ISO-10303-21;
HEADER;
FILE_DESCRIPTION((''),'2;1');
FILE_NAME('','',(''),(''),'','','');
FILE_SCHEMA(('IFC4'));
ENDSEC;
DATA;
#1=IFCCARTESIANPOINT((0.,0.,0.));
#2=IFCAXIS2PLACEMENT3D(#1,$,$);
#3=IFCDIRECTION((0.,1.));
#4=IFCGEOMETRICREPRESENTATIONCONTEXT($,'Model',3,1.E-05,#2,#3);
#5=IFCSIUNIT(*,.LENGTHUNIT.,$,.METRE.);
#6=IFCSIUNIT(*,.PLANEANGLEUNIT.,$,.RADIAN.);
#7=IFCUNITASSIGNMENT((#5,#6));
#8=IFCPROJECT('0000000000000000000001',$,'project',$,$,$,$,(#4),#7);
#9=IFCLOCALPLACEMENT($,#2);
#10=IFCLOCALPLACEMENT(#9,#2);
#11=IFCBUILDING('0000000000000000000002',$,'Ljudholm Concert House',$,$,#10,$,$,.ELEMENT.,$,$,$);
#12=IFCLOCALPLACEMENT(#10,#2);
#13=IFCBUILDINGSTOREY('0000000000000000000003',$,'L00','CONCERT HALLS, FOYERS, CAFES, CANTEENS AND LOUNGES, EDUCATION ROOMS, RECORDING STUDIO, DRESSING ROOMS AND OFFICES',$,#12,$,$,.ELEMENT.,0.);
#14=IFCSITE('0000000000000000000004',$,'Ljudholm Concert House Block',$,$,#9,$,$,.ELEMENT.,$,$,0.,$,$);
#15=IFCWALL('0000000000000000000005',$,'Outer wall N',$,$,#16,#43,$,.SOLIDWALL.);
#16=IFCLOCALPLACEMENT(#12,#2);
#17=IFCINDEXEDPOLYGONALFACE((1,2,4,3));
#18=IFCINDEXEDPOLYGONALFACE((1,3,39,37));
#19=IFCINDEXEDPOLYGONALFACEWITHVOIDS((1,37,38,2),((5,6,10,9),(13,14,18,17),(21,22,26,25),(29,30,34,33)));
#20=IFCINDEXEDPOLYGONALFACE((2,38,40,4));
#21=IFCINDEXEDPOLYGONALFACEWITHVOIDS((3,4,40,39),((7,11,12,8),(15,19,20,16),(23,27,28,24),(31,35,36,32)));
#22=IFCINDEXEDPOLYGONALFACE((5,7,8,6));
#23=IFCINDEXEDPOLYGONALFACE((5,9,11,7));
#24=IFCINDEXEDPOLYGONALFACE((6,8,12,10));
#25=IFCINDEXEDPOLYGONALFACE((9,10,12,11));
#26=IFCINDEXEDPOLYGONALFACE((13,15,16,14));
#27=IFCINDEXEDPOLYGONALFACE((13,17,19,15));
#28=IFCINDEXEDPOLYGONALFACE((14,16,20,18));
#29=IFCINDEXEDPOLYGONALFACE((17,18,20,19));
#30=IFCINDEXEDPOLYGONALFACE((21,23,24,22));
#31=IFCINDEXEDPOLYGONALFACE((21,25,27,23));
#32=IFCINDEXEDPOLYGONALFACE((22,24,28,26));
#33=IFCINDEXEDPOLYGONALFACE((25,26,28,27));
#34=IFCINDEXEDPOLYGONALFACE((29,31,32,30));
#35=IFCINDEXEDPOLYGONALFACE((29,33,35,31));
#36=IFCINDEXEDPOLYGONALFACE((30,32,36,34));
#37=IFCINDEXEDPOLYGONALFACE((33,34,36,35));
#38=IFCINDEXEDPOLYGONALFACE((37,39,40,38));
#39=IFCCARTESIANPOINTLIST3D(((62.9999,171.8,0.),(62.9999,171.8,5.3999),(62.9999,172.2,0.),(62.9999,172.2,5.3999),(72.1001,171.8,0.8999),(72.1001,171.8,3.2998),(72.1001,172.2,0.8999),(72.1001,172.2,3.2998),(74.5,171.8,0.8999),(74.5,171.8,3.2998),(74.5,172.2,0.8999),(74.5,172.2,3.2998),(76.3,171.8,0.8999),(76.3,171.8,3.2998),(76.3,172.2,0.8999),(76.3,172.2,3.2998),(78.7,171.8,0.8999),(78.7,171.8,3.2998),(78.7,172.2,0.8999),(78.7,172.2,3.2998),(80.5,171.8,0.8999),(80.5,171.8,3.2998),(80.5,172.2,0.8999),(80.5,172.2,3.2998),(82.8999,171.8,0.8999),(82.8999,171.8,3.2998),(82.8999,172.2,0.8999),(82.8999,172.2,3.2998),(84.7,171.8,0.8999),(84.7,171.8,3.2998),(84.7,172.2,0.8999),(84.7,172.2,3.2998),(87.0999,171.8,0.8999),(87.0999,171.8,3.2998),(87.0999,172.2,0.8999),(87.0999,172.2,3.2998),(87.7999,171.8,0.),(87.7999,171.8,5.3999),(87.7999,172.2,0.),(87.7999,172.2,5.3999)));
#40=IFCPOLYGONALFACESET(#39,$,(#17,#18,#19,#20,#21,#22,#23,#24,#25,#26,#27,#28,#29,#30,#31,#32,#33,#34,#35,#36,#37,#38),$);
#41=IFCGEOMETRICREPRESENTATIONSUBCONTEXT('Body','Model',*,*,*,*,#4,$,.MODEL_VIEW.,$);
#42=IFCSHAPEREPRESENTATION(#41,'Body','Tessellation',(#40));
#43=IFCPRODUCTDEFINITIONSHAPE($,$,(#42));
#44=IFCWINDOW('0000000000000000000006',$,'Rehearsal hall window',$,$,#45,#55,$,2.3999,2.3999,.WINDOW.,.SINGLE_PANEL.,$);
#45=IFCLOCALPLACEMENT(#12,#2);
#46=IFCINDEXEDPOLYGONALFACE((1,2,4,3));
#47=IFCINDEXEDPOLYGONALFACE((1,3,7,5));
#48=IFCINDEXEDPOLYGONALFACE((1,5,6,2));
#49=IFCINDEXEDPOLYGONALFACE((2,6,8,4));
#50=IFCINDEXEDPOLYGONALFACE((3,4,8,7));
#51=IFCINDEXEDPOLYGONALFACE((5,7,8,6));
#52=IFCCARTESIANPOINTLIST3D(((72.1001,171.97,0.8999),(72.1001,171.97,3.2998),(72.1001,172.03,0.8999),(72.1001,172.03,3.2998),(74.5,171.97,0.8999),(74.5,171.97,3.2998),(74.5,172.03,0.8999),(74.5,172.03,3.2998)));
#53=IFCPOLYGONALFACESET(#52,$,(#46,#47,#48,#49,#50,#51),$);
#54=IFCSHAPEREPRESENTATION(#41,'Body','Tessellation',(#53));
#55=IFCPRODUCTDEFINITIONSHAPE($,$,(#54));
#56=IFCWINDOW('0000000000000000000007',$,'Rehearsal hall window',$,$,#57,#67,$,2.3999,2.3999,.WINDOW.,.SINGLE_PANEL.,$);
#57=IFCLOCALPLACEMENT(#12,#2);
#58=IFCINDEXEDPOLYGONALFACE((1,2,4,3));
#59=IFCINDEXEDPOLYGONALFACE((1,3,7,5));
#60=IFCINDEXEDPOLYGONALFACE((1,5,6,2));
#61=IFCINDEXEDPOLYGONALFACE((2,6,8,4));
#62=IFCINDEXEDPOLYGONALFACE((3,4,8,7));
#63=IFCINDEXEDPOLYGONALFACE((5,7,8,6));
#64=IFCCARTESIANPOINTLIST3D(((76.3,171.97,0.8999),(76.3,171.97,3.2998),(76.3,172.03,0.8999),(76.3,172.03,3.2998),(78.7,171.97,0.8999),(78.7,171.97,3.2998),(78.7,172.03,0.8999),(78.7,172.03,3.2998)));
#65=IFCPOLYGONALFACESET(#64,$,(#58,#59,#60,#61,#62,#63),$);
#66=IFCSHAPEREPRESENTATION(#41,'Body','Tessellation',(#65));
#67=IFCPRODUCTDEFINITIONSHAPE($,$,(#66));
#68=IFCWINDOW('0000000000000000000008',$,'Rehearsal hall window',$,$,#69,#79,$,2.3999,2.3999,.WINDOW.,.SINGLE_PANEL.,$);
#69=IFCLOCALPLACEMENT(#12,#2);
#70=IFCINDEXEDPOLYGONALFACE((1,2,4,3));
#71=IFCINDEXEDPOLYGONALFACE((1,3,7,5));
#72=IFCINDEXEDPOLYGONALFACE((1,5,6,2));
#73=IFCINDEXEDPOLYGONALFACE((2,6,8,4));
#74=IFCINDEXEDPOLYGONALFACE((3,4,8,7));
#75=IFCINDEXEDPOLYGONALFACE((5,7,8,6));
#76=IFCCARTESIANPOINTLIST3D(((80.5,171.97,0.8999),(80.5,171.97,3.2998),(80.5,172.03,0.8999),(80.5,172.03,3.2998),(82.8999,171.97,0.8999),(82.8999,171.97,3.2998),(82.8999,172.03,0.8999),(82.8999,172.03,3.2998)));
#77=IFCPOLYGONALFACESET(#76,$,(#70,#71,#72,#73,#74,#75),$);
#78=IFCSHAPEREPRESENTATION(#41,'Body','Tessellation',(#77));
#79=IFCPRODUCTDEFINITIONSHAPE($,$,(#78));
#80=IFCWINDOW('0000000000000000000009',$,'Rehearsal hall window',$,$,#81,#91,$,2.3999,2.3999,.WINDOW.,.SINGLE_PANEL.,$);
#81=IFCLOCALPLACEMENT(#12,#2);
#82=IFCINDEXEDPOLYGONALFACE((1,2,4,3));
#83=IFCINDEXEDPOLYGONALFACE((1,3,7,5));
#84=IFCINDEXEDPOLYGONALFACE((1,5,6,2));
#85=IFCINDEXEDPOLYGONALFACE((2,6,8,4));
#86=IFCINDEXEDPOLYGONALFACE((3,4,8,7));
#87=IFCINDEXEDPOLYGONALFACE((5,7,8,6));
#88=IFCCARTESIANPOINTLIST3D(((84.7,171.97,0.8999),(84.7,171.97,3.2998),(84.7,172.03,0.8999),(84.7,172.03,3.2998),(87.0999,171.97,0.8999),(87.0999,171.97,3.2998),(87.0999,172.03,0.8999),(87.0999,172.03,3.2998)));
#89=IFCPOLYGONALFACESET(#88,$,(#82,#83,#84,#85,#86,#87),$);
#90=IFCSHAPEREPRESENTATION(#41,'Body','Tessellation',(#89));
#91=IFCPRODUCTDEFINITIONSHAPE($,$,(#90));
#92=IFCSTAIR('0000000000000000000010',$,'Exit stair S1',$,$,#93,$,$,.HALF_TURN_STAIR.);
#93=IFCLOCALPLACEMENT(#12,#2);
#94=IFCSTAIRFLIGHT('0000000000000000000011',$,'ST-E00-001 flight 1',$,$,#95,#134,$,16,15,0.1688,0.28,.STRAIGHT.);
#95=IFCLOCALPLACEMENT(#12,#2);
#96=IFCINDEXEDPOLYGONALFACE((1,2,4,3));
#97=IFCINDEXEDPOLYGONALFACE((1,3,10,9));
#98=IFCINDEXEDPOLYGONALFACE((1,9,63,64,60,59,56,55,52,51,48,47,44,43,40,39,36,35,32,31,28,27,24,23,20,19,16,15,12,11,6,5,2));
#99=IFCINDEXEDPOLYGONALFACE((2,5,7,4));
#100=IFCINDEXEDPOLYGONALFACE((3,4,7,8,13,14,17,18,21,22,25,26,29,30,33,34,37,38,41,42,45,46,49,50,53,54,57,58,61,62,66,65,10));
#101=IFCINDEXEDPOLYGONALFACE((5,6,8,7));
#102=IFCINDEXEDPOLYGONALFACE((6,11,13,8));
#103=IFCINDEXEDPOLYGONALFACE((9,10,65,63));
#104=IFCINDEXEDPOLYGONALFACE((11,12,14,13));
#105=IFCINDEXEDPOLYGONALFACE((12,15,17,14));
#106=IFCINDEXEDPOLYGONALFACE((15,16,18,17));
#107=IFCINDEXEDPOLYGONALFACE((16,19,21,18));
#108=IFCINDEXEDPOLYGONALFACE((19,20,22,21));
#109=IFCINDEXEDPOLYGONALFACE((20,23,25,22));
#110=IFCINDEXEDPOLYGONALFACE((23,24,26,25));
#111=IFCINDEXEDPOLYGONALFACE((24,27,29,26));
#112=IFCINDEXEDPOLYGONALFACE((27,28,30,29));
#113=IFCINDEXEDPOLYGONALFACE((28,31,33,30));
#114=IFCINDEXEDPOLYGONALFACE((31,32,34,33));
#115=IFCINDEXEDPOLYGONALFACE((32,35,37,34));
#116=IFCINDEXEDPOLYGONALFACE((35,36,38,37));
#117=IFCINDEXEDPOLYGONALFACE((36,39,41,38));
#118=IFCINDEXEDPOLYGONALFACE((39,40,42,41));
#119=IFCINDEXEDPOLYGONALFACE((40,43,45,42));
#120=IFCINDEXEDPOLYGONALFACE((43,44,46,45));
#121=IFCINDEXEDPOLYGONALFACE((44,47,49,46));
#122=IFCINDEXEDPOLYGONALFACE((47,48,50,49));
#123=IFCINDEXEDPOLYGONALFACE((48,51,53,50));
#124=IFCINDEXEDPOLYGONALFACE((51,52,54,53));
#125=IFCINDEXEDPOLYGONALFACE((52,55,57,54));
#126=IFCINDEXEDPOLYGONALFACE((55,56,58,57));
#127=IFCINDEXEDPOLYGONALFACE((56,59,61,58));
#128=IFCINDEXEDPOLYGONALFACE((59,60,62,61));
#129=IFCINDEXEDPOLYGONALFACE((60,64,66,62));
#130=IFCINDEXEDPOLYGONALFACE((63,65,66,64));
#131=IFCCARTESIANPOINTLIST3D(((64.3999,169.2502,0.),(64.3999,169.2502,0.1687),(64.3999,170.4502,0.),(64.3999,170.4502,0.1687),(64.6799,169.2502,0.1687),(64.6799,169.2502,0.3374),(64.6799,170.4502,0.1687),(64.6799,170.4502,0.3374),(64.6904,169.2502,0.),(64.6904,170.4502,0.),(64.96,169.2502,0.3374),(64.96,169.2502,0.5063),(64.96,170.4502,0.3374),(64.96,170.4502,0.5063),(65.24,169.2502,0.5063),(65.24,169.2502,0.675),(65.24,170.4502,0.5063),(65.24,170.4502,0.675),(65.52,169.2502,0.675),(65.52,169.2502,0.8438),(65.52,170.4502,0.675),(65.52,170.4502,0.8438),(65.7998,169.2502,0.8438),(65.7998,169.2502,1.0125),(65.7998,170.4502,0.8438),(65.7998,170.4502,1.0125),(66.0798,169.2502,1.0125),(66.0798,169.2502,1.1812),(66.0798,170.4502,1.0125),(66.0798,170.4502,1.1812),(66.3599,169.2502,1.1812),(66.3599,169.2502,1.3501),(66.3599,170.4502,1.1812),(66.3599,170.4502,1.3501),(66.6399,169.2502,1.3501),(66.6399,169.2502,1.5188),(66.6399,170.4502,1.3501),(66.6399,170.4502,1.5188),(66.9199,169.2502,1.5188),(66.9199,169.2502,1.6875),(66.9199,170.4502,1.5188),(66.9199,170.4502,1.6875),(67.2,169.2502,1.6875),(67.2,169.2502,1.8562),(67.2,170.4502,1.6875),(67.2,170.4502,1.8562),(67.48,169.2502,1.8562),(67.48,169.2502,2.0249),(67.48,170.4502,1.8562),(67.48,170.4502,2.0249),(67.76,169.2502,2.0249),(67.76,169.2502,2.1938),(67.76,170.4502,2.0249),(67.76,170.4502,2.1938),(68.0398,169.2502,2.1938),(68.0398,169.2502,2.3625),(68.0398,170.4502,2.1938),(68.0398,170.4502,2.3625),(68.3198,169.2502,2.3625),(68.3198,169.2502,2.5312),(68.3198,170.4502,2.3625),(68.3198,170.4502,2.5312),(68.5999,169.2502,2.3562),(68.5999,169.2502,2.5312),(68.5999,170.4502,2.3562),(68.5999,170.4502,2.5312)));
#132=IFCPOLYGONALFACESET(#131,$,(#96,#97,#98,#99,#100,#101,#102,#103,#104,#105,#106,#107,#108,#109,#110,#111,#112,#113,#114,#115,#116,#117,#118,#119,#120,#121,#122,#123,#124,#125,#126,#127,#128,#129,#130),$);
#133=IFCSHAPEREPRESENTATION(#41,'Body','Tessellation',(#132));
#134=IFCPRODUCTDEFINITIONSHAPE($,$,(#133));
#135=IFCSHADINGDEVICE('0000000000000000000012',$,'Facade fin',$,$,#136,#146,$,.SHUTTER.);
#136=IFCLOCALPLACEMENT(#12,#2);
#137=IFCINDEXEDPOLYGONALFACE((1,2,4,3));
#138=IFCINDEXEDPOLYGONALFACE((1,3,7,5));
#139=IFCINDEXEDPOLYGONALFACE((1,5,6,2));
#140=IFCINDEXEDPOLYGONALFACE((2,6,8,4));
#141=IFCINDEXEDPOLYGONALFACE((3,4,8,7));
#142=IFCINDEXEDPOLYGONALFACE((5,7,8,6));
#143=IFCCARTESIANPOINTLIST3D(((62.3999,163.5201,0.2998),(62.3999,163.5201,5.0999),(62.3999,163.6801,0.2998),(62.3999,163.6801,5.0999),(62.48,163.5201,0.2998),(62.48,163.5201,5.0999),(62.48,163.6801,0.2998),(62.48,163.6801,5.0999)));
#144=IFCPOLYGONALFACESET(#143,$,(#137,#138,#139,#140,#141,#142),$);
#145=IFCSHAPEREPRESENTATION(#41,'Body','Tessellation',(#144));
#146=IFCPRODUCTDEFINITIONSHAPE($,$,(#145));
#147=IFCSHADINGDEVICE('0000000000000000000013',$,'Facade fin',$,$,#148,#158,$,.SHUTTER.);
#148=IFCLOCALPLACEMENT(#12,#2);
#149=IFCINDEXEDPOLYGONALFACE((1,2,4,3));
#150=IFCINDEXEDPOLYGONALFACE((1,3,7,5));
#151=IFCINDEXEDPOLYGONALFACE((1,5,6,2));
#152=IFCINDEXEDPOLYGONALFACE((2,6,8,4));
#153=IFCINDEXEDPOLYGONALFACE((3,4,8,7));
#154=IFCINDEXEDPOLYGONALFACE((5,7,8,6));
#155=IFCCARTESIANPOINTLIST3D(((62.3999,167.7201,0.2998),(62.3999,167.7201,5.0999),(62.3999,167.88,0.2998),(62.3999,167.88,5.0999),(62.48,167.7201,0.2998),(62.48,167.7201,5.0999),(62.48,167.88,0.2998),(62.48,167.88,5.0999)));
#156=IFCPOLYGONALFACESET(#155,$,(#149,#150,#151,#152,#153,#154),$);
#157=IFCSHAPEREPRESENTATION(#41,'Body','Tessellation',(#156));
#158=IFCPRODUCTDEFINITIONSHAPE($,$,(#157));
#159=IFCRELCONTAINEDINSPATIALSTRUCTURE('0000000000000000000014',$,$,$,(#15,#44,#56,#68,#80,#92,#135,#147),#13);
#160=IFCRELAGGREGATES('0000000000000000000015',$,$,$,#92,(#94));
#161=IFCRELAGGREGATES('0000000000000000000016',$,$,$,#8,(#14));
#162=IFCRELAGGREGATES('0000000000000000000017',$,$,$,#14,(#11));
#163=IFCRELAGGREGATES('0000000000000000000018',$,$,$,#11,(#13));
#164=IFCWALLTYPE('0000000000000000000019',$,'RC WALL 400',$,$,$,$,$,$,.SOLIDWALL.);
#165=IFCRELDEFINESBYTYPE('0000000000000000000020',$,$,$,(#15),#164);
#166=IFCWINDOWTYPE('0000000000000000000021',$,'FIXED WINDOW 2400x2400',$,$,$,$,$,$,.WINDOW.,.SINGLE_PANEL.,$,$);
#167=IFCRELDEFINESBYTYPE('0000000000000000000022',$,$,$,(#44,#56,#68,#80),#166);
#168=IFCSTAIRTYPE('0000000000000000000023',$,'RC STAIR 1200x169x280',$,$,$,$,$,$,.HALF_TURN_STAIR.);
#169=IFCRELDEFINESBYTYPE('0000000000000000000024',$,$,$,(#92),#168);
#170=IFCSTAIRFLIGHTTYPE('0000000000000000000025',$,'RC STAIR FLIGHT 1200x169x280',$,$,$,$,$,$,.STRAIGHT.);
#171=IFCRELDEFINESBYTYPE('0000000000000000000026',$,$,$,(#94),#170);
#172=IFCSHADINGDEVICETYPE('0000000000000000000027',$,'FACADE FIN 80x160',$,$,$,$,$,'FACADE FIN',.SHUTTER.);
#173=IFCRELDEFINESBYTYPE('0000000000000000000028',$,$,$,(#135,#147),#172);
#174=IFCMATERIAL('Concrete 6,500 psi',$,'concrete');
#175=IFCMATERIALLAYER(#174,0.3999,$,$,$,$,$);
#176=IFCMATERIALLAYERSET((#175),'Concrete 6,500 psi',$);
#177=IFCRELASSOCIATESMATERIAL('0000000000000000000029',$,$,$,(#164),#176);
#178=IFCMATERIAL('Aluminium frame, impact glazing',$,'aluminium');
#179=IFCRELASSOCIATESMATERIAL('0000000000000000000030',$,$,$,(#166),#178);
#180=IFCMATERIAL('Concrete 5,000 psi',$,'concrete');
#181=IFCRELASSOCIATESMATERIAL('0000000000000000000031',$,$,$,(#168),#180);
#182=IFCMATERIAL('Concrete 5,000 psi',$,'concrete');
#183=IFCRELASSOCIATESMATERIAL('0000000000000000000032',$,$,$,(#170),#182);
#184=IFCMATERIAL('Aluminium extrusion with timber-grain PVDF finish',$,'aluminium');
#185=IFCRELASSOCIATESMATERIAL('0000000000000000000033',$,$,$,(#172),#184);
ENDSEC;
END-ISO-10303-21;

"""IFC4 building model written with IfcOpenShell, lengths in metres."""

from ifc_helpers import new_model, si_unit, direction, frame, frame_2d, origin, origin_2d, place, context, subcontext, project, spatial, polyline, rectangle, outline, extrude, material, layer, layer_set, type_object, element, fill, aggregate, save


model = new_model("IFC4")

# Units and contexts
model_context = context("Model", 3, precision=1e-05, world=origin(), true_north=direction((0.0, 1.0)))
body_context = subcontext(model_context, "Body", "Model", "MODEL_VIEW")
ifc_project = project(units=[si_unit("LENGTHUNIT", "METRE"), si_unit("PLANEANGLEUNIT", "RADIAN")], contexts=[model_context])

# Site, building, storey
site_placement = place(None, origin())
site = spatial("IfcSite", under=ifc_project, at=site_placement, Name="Ljudholm Concert House Block", CompositionType="ELEMENT", RefElevation=0.0)
building_placement = place(site_placement, origin())
building = spatial("IfcBuilding", under=site, at=building_placement, Name="Ljudholm Concert House", CompositionType="ELEMENT")
storey_placement = place(building_placement, origin())
storey = spatial("IfcBuildingStorey", under=building, at=storey_placement, Name="L00", Description="CONCERT HALLS, FOYERS, CAFES, CANTEENS AND LOUNGES, EDUCATION ROOMS, RECORDING STUDIO, DRESSING ROOMS AND OFFICES", CompositionType="ELEMENT", Elevation=0.0)

# Wall, openings, windows
ifc_material_1 = material(Name="Concrete 6,500 psi", Category="concrete")
ifc_layer_1 = layer(ifc_material_1, 0.3999)
ifc_layer_set_1 = layer_set([ifc_layer_1], Name="Concrete 6,500 psi")
wall_type_1 = type_object("IfcWallType", Name="RC WALL 400", PredefinedType="SOLIDWALL", material=ifc_layer_set_1)
wall_1_placement = place(storey_placement, frame((63.0, 172.0, 0.0), z_axis=(0.0, 0.0, 1.0), x_axis=(1.0, 0.0, 0.0)))
wall_1 = element("IfcWall", 1, at=wall_1_placement, inside=storey, type_object=wall_type_1, Name="Outer wall N", PredefinedType="SOLIDWALL", context=body_context, shape_type="SweptSolid", body=[
    extrude(rectangle(XDim=24.8, YDim=0.3999, at=frame_2d((12.3999, 0.0))), origin(), (0.0, 0.0, 1.0), 5.3999),
])
opening_1_placement = place(wall_1_placement, frame((9.1001, 0.0, 0.8999)))
opening_1 = element("IfcOpeningElement", 2, at=opening_1_placement, cuts=wall_1, PredefinedType="OPENING", context=body_context, shape_type="SweptSolid", body=[
    extrude(rectangle(XDim=2.3999, YDim=2.3999, at=frame_2d((1.2, 1.2))), frame((0.0, 0.21, 0.0), z_axis=(0.0, -1.0, 0.0), x_axis=(1.0, 0.0, 0.0)), (0.0, 0.0, 1.0), 0.4199),
])
opening_2_placement = place(wall_1_placement, frame((13.3, 0.0, 0.8999)))
opening_2 = element("IfcOpeningElement", 3, at=opening_2_placement, cuts=wall_1, PredefinedType="OPENING", context=body_context, shape_type="SweptSolid", body=[
    extrude(rectangle(XDim=2.3999, YDim=2.3999, at=frame_2d((1.2, 1.2))), frame((0.0, 0.21, 0.0), z_axis=(0.0, -1.0, 0.0), x_axis=(1.0, 0.0, 0.0)), (0.0, 0.0, 1.0), 0.4199),
])
opening_3_placement = place(wall_1_placement, frame((17.5, 0.0, 0.8999)))
opening_3 = element("IfcOpeningElement", 4, at=opening_3_placement, cuts=wall_1, PredefinedType="OPENING", context=body_context, shape_type="SweptSolid", body=[
    extrude(rectangle(XDim=2.3999, YDim=2.3999, at=frame_2d((1.2, 1.2))), frame((0.0, 0.21, 0.0), z_axis=(0.0, -1.0, 0.0), x_axis=(1.0, 0.0, 0.0)), (0.0, 0.0, 1.0), 0.4199),
])
opening_4_placement = place(wall_1_placement, frame((21.7, 0.0, 0.8999)))
opening_4 = element("IfcOpeningElement", 5, at=opening_4_placement, cuts=wall_1, PredefinedType="OPENING", context=body_context, shape_type="SweptSolid", body=[
    extrude(rectangle(XDim=2.3999, YDim=2.3999, at=frame_2d((1.2, 1.2))), frame((0.0, 0.21, 0.0), z_axis=(0.0, -1.0, 0.0), x_axis=(1.0, 0.0, 0.0)), (0.0, 0.0, 1.0), 0.4199),
])
ifc_material_2 = material(Name="Aluminium frame, impact glazing", Category="aluminium")
window_type = type_object("IfcWindowType", Name="FIXED WINDOW 2400x2400", PartitioningType="SINGLE_PANEL", PredefinedType="WINDOW", material=ifc_material_2)
window_1_placement = place(opening_1_placement, origin())
window_1 = element("IfcWindow", 6, at=window_1_placement, inside=storey, type_object=window_type, Name="Rehearsal hall window", OverallHeight=2.3999, OverallWidth=2.3999, PartitioningType="SINGLE_PANEL", PredefinedType="WINDOW", context=body_context, shape_type="SweptSolid", body=[
    extrude(rectangle(XDim=2.3999, YDim=2.3999, at=frame_2d((1.2, 1.2))), frame((0.0, 0.03, 0.0), z_axis=(0.0, -1.0, 0.0), x_axis=(1.0, 0.0, 0.0)), (0.0, 0.0, 1.0), 0.0601),
])
fill(opening_1, window_1)
window_2_placement = place(opening_2_placement, origin())
window_2 = element("IfcWindow", 7, at=window_2_placement, inside=storey, type_object=window_type, Name="Rehearsal hall window", OverallHeight=2.3999, OverallWidth=2.3999, PartitioningType="SINGLE_PANEL", PredefinedType="WINDOW", context=body_context, shape_type="SweptSolid", body=[
    extrude(rectangle(XDim=2.3999, YDim=2.3999, at=frame_2d((1.2, 1.2))), frame((0.0, 0.03, 0.0), z_axis=(0.0, -1.0, 0.0), x_axis=(1.0, 0.0, 0.0)), (0.0, 0.0, 1.0), 0.0601),
])
fill(opening_2, window_2)
window_3_placement = place(opening_3_placement, origin())
window_3 = element("IfcWindow", 8, at=window_3_placement, inside=storey, type_object=window_type, Name="Rehearsal hall window", OverallHeight=2.3999, OverallWidth=2.3999, PartitioningType="SINGLE_PANEL", PredefinedType="WINDOW", context=body_context, shape_type="SweptSolid", body=[
    extrude(rectangle(XDim=2.3999, YDim=2.3999, at=frame_2d((1.2, 1.2))), frame((0.0, 0.03, 0.0), z_axis=(0.0, -1.0, 0.0), x_axis=(1.0, 0.0, 0.0)), (0.0, 0.0, 1.0), 0.0601),
])
fill(opening_3, window_3)
window_4_placement = place(opening_4_placement, origin())
window_4 = element("IfcWindow", 9, at=window_4_placement, inside=storey, type_object=window_type, Name="Rehearsal hall window", OverallHeight=2.3999, OverallWidth=2.3999, PartitioningType="SINGLE_PANEL", PredefinedType="WINDOW", context=body_context, shape_type="SweptSolid", body=[
    extrude(rectangle(XDim=2.3999, YDim=2.3999, at=frame_2d((1.2, 1.2))), frame((0.0, 0.03, 0.0), z_axis=(0.0, -1.0, 0.0), x_axis=(1.0, 0.0, 0.0)), (0.0, 0.0, 1.0), 0.0601),
])
fill(opening_4, window_4)

# Stair, stair flight
ifc_material_3 = material(Name="Concrete 5,000 psi", Category="concrete")
stair_type = type_object("IfcStairType", Name="RC STAIR 1200x169x280", PredefinedType="HALF_TURN_STAIR", material=ifc_material_3)
stair_placement = place(storey_placement, origin())
stair = element("IfcStair", 10, at=stair_placement, inside=storey, type_object=stair_type, Name="Exit stair S1", PredefinedType="HALF_TURN_STAIR")
ifc_material_4 = material(Name="Concrete 5,000 psi", Category="concrete")
stair_flight_type = type_object("IfcStairFlightType", Name="RC STAIR FLIGHT 1200x169x280", PredefinedType="STRAIGHT", material=ifc_material_4)
stair_flight_placement = place(storey_placement, frame((64.3999, 169.8501, 0.0), z_axis=(0.0, 0.0, 1.0), x_axis=(1.0, 0.0, 0.0)))
stair_flight = element("IfcStairFlight", 11, at=stair_flight_placement, type_object=stair_flight_type, Name="ST-E00-001 flight 1", NumberOfRisers=16, NumberOfTreads=15, PredefinedType="STRAIGHT", RiserHeight=0.1688, TreadLength=0.28, context=body_context, shape_type="SweptSolid", body=[
    extrude(outline(polyline([(0.0, 0.0), (0.0, 0.1687), (0.28, 0.1687), (0.28, 0.3374), (0.5601, 0.3374), (0.5601, 0.5063), (0.8401, 0.5063), (0.8401, 0.675), (1.1201, 0.675), (1.1201, 0.8438), (1.3999, 0.8438), (1.3999, 1.0125), (1.6799, 1.0125), (1.6799, 1.1812), (1.96, 1.1812), (1.96, 1.3501), (2.24, 1.3501), (2.24, 1.5188), (2.52, 1.5188), (2.52, 1.6875), (2.8, 1.6875), (2.8, 1.8562), (3.0801, 1.8562), (3.0801, 2.0249), (3.3601, 2.0249), (3.3601, 2.1938), (3.6399, 2.1938), (3.6399, 2.3625), (3.9199, 2.3625), (3.9199, 2.5312), (4.2, 2.5312), (4.2, 2.7), (4.2, 2.3562), (0.2905, 0.0), (0.0, 0.0)])), frame((0.0, 0.6001, 0.0), z_axis=(0.0, -1.0, 0.0), x_axis=(1.0, 0.0, 0.0)), (0.0, 0.0, 1.0), 1.2),
])
aggregate(stair, [stair_flight])

# Shading devices
ifc_material_5 = material(Name="Aluminium extrusion with timber-grain PVDF finish", Category="aluminium")
shading_device_type = type_object("IfcShadingDeviceType", Name="FACADE FIN 80x160", ElementType="FACADE FIN", PredefinedType="SHUTTER", material=ifc_material_5)
for number, where, z_axis, x_axis, name in (
    (12, (62.4399, 163.6001, 0.2998), (0.0, 0.0, 1.0), (-1.0, 0.0, 0.0), "Facade fin"),
    (13, (62.4399, 167.8, 0.2998), (0.0, 0.0, 1.0), (-1.0, 0.0, 0.0), "Facade fin"),
):
    element("IfcShadingDevice", number, at=place(storey_placement, frame(where, z_axis=z_axis, x_axis=x_axis)), inside=storey, type_object=shading_device_type, Name=name, PredefinedType="SHUTTER", context=body_context, shape_type="SweptSolid", body=[
        extrude(rectangle(XDim=0.0801, YDim=0.1599, at=origin_2d()), origin(), (0.0, 0.0, 1.0), 4.8),
    ])

save(model, "model.ifc")
